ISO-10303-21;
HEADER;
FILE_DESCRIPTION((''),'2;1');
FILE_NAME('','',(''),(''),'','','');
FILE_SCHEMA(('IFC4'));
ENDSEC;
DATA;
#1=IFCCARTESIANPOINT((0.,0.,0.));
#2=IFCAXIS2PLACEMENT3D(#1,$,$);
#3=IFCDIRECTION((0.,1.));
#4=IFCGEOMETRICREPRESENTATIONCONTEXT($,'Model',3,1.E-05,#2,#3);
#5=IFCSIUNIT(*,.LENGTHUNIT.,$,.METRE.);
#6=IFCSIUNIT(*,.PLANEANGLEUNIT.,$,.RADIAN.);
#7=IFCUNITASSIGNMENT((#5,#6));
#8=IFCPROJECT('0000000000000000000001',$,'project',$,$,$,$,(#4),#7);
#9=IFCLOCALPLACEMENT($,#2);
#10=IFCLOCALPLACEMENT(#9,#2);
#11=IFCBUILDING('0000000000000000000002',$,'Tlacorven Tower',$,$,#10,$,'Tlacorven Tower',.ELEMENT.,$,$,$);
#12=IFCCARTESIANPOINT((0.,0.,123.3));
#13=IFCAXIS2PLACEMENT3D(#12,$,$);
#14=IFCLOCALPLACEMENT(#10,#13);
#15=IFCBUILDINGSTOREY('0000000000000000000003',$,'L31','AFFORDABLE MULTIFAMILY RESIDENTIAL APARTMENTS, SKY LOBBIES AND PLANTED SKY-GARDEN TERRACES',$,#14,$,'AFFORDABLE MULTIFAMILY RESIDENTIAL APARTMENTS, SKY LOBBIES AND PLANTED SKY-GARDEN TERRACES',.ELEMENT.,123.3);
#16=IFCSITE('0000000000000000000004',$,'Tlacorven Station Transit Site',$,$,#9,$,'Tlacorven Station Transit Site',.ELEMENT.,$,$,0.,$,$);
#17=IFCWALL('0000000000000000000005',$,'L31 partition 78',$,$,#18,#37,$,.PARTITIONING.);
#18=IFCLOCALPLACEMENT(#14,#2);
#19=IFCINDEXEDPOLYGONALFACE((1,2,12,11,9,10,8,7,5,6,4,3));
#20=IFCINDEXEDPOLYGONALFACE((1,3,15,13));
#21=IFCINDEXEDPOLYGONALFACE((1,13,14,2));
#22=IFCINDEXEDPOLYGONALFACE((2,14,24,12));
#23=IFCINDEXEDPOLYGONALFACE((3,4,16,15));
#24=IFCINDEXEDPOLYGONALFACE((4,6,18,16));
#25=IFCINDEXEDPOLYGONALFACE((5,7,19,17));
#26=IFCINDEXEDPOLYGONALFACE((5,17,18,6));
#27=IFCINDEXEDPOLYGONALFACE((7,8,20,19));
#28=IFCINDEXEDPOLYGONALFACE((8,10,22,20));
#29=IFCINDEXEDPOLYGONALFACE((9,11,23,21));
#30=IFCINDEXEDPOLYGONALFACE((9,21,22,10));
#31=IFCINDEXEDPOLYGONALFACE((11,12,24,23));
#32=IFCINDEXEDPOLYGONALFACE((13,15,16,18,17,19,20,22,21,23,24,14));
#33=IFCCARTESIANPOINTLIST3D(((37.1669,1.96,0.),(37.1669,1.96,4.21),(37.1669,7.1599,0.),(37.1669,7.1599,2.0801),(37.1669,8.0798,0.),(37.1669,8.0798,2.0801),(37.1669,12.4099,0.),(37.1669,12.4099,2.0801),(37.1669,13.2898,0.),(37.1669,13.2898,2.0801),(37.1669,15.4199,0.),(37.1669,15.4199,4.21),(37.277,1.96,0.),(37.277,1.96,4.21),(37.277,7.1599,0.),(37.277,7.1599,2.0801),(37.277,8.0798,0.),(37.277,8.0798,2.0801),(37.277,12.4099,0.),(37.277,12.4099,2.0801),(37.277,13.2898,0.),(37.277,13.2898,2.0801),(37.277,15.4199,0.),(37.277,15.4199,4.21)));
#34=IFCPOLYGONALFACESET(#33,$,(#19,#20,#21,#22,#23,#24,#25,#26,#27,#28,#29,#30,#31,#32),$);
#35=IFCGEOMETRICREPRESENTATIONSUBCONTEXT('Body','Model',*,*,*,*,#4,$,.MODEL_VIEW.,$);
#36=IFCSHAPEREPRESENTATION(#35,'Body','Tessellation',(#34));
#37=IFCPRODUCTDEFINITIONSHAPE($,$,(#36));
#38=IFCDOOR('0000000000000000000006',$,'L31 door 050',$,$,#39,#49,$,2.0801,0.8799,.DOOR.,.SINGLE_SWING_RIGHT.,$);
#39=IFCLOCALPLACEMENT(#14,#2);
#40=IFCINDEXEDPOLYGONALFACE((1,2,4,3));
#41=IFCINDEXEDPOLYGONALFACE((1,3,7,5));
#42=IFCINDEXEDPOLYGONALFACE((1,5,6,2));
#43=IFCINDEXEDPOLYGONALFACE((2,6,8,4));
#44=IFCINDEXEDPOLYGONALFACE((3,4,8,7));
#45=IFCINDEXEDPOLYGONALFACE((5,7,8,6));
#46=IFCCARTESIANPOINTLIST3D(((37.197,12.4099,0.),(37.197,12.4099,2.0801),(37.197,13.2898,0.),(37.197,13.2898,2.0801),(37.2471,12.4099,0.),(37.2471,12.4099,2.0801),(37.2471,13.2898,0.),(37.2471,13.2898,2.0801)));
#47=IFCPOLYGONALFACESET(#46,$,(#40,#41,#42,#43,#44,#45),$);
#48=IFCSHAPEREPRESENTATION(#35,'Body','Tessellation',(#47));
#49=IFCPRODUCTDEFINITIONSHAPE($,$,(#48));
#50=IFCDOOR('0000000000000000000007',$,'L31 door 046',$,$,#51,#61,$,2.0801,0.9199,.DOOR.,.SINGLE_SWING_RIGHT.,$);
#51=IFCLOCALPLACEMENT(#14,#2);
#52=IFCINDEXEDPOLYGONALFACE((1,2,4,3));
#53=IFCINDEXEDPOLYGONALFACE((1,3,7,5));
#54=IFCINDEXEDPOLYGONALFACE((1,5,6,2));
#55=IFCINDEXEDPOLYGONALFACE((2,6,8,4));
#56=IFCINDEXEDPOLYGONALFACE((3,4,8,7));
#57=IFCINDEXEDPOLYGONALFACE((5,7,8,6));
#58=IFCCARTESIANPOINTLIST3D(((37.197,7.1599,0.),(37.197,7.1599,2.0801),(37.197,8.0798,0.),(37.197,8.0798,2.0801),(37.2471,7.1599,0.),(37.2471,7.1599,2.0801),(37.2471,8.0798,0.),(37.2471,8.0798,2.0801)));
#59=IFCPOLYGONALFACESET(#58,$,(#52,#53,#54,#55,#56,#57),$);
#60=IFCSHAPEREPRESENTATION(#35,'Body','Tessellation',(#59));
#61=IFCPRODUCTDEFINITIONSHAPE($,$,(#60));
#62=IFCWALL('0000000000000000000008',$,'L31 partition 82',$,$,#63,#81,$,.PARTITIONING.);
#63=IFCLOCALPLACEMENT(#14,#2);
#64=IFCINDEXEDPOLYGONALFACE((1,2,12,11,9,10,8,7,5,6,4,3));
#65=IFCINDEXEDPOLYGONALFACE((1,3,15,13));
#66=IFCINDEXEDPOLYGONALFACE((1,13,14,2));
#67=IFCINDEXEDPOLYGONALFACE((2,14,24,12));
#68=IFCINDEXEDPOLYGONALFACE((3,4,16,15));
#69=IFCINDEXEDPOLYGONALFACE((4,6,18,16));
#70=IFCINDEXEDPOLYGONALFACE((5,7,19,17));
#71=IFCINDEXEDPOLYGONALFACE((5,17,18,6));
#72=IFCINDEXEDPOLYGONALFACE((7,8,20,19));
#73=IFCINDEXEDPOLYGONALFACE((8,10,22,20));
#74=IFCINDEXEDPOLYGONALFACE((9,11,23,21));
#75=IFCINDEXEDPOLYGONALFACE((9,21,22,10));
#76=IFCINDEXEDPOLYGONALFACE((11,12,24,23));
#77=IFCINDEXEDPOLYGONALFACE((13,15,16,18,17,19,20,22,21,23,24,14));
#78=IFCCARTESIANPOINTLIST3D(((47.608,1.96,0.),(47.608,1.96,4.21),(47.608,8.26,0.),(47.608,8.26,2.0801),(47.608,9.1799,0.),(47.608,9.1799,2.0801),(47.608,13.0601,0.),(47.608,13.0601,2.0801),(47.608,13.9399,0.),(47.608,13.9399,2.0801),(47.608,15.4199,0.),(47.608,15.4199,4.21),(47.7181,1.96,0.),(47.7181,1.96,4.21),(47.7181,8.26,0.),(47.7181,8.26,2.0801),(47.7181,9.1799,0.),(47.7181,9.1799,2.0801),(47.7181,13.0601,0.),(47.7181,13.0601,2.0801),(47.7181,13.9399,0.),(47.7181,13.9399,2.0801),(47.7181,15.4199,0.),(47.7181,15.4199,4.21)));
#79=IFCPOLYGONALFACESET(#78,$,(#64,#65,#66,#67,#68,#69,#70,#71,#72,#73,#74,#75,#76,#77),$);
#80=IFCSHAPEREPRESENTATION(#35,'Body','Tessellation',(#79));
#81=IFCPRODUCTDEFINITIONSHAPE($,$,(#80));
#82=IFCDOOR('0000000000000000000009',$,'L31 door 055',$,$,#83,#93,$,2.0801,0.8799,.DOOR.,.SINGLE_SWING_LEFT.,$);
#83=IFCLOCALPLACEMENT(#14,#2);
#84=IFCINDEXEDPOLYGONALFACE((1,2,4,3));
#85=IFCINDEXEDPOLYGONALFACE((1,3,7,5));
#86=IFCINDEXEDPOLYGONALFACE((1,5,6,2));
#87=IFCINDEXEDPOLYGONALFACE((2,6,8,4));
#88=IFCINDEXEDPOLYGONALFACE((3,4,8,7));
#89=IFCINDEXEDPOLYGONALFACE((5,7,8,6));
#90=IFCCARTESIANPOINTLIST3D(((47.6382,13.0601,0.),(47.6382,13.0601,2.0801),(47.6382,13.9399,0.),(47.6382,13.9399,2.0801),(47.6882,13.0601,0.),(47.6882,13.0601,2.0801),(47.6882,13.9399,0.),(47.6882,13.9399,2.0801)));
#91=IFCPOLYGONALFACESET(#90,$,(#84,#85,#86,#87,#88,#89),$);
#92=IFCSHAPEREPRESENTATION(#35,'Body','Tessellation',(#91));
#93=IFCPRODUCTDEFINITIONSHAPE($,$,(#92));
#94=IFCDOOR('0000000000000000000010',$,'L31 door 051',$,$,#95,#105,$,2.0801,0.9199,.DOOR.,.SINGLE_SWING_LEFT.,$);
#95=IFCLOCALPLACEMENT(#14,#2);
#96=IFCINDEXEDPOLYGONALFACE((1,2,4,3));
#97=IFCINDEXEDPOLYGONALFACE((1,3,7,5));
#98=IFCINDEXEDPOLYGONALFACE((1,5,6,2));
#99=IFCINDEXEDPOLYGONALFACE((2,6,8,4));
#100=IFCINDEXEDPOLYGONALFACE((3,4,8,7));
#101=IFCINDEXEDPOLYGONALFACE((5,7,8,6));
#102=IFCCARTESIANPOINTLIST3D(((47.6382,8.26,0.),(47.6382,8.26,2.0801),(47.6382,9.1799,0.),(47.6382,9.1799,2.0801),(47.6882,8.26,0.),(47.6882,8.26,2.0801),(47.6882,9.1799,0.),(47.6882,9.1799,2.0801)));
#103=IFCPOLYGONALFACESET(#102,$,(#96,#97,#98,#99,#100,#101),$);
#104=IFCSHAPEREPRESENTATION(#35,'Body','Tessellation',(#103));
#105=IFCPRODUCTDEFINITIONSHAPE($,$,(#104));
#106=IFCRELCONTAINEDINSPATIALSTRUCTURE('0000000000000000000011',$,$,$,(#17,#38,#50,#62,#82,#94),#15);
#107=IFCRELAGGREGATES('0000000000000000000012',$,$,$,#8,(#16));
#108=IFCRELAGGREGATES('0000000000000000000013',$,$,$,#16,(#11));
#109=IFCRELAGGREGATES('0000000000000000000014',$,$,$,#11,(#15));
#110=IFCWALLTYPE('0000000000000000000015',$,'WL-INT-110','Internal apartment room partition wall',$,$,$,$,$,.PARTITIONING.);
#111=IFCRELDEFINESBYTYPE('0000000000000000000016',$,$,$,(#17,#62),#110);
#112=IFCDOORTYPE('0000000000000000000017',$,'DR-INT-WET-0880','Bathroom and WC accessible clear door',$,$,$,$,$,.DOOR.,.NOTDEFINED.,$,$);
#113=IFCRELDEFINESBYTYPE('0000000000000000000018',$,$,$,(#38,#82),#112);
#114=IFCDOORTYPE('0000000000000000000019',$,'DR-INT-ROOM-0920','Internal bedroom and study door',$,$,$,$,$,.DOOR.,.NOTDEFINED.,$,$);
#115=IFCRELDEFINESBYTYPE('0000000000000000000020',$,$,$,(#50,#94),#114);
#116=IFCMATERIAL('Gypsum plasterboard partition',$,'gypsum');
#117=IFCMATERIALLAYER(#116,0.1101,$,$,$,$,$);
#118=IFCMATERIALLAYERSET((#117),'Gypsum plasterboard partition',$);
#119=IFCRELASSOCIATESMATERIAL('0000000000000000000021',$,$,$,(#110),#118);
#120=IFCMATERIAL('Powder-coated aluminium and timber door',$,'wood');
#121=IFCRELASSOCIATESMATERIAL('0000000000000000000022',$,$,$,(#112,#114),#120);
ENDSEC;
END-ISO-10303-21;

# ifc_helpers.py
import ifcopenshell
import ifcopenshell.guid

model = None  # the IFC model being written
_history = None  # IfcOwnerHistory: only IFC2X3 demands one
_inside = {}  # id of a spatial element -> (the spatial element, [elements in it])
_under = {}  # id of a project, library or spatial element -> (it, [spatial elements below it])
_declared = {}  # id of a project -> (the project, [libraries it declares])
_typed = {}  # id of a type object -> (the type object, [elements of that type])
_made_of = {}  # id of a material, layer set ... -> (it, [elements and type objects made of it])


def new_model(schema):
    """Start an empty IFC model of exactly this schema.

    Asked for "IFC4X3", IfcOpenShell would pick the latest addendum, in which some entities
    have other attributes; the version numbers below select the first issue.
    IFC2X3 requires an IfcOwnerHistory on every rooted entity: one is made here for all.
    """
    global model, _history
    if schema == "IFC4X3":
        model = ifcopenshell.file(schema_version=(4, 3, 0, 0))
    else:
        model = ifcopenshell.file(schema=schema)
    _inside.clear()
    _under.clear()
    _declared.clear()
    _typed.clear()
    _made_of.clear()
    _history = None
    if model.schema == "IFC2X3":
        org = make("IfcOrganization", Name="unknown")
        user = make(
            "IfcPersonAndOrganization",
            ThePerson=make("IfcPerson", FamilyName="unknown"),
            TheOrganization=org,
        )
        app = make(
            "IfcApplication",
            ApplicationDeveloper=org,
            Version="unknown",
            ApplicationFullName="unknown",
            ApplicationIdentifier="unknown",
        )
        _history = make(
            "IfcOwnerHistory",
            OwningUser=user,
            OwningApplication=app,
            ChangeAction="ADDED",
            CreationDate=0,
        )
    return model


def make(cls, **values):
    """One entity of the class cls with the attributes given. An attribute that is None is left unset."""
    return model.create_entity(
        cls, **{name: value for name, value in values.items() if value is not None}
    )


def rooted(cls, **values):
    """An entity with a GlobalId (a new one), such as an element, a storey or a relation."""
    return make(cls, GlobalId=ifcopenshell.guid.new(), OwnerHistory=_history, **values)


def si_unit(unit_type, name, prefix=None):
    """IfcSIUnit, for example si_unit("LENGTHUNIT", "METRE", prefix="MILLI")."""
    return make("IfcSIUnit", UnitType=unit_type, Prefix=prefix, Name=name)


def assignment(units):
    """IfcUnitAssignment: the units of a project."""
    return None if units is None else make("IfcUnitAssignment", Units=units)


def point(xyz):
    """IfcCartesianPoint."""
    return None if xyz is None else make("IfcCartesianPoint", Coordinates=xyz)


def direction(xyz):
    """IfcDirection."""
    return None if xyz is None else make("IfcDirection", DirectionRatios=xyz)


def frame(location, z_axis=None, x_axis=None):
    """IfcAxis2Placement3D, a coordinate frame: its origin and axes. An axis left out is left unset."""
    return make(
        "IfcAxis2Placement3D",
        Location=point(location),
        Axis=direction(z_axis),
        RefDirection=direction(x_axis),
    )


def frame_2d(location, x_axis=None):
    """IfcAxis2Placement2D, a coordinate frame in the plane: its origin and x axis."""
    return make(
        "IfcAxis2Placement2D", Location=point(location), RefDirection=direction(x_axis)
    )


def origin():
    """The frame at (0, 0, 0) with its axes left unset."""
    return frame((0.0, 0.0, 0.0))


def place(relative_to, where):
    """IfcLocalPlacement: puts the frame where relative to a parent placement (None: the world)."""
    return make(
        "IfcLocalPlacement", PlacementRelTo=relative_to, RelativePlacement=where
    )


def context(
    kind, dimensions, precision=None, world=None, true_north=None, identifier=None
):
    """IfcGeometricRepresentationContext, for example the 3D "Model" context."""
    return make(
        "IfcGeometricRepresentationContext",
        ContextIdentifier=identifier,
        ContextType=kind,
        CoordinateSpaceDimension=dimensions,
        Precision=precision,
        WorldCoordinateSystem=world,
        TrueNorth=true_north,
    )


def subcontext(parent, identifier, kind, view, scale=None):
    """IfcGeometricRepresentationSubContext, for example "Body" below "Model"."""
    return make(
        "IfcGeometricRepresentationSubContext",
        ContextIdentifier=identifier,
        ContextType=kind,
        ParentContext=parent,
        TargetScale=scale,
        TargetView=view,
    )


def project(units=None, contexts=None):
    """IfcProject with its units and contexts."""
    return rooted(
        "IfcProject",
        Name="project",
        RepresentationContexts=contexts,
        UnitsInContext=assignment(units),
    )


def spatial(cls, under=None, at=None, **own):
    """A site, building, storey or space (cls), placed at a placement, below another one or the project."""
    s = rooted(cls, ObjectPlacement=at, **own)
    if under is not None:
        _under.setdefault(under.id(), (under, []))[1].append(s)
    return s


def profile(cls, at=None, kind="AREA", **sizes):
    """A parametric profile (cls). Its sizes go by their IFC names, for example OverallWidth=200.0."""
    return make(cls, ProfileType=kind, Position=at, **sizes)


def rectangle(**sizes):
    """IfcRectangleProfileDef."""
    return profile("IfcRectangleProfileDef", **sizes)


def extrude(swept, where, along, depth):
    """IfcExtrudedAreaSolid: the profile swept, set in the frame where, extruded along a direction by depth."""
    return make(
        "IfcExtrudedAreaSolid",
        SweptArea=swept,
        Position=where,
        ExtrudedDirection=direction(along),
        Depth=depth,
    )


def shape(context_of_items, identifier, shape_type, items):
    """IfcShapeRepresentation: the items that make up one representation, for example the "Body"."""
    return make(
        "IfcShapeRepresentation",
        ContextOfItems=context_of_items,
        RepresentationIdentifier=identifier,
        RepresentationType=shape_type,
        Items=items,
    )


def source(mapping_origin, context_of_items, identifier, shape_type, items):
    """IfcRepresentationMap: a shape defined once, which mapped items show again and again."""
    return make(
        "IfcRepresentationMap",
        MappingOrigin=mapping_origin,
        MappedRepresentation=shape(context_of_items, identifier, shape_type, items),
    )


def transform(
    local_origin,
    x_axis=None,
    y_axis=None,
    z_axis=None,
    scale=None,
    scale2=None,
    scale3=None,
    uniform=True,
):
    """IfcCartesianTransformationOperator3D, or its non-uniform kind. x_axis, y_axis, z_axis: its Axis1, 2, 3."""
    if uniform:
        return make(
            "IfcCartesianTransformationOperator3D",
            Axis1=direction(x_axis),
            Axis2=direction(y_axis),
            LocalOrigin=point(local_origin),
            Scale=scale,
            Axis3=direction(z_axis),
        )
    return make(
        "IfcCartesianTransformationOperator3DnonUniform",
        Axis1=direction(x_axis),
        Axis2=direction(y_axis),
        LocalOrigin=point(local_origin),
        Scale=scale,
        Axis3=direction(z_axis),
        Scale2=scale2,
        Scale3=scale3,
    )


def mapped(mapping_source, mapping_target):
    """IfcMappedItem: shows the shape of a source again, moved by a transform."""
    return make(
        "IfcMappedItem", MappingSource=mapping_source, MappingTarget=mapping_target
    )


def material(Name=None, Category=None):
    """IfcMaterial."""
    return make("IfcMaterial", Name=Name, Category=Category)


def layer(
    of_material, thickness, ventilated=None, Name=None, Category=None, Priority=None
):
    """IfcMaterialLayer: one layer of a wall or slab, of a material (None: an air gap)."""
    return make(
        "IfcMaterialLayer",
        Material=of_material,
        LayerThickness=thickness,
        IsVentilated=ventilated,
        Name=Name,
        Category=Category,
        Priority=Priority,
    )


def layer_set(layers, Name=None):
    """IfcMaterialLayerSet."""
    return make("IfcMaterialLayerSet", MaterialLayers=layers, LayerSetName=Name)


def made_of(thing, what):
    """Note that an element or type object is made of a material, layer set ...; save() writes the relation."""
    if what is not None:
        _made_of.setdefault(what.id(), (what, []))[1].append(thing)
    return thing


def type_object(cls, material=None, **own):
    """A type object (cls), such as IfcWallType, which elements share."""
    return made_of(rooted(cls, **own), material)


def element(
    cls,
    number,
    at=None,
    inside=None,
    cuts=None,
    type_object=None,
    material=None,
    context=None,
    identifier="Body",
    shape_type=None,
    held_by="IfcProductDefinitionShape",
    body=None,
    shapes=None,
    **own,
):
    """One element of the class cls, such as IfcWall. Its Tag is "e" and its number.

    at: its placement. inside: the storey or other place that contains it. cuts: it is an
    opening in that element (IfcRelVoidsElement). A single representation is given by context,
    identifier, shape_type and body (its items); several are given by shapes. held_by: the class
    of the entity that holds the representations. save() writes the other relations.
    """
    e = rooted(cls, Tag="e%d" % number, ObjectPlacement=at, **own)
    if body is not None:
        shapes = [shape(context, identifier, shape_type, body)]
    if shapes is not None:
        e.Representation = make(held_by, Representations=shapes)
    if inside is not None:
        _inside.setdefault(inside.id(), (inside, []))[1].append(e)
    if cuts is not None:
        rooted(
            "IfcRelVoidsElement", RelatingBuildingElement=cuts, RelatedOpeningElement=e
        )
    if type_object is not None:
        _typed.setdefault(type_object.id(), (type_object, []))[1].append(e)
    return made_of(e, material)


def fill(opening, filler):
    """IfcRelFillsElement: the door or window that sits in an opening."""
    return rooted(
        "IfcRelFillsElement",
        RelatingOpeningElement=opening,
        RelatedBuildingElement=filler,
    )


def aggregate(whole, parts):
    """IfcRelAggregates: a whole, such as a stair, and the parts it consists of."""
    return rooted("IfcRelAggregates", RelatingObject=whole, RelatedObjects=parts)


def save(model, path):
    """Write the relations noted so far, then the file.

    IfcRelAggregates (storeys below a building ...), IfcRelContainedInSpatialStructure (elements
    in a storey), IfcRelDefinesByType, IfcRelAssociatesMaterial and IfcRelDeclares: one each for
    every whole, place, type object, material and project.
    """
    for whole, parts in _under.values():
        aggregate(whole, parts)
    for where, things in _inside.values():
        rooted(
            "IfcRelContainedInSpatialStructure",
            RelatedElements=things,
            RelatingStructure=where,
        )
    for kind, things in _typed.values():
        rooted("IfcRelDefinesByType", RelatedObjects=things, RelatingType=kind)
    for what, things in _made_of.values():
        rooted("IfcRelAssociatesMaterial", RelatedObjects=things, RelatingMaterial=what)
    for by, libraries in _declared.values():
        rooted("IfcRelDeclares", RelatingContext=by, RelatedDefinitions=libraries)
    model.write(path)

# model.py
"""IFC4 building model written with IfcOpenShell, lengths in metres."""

from ifc_helpers import new_model, si_unit, direction, frame, frame_2d, origin, place, context, subcontext, project, spatial, rectangle, extrude, source, transform, mapped, material, layer, layer_set, type_object, element, fill, save


model = new_model("IFC4")

# Units and contexts
model_context = context("Model", 3, precision=1e-05, world=origin(), true_north=direction((0.0, 1.0)))
body_context = subcontext(model_context, "Body", "Model", "MODEL_VIEW")
ifc_project = project(units=[si_unit("LENGTHUNIT", "METRE"), si_unit("PLANEANGLEUNIT", "RADIAN")], contexts=[model_context])

# Site, building, storey
site_placement = place(None, origin())
site = spatial("IfcSite", under=ifc_project, at=site_placement, Name="Tlacorven Station Transit Site", LongName="Tlacorven Station Transit Site", CompositionType="ELEMENT", RefElevation=0.0)
building_placement = place(site_placement, origin())
building = spatial("IfcBuilding", under=site, at=building_placement, Name="Tlacorven Tower", LongName="Tlacorven Tower", CompositionType="ELEMENT")
storey_placement = place(building_placement, frame((0.0, 0.0, 123.3)))
storey = spatial("IfcBuildingStorey", under=building, at=storey_placement, Name="L31", Description="AFFORDABLE MULTIFAMILY RESIDENTIAL APARTMENTS, SKY LOBBIES AND PLANTED SKY-GARDEN TERRACES", LongName="AFFORDABLE MULTIFAMILY RESIDENTIAL APARTMENTS, SKY LOBBIES AND PLANTED SKY-GARDEN TERRACES", CompositionType="ELEMENT", Elevation=123.3)

# Walls, openings, doors
ifc_material_1 = material(Name="Gypsum plasterboard partition", Category="gypsum")
ifc_layer_1 = layer(ifc_material_1, 0.1101)
ifc_layer_set_1 = layer_set([ifc_layer_1], Name="Gypsum plasterboard partition")
wall_type_1 = type_object("IfcWallType", Name="WL-INT-110", Description="Internal apartment room partition wall", PredefinedType="PARTITIONING", material=ifc_layer_set_1)
wall_1_placement = place(storey_placement, frame((37.2219, 1.96, 0.0), z_axis=(0.0, 0.0, 1.0), x_axis=(0.0, 1.0, 0.0)))
wall_1 = element("IfcWall", 1, at=wall_1_placement, inside=storey, type_object=wall_type_1, Name="L31 partition 78", PredefinedType="PARTITIONING", context=body_context, shape_type="SweptSolid", body=[
    extrude(rectangle(XDim=13.46, YDim=0.1101, at=frame_2d((6.73, 0.0))), origin(), (0.0, 0.0, 1.0), 4.21),
])
opening_1_placement = place(wall_1_placement, frame((5.2, 0.0, 0.0)))
opening_1 = element("IfcOpeningElement", 2, at=opening_1_placement, cuts=wall_1, PredefinedType="OPENING", context=body_context, shape_type="SweptSolid", body=[
    extrude(rectangle(XDim=0.9199, YDim=2.0801, at=frame_2d((0.46, 1.04))), frame((0.0, 0.0649, 0.0), z_axis=(0.0, -1.0, 0.0), x_axis=(1.0, 0.0, 0.0)), (0.0, 0.0, 1.0), 0.1301),
])
opening_2_placement = place(wall_1_placement, frame((10.45, 0.0, 0.0)))
opening_2 = element("IfcOpeningElement", 3, at=opening_2_placement, cuts=wall_1, PredefinedType="OPENING", context=body_context, shape_type="SweptSolid", body=[
    extrude(rectangle(XDim=0.8799, YDim=2.0801, at=frame_2d((0.4399, 1.04))), frame((0.0, 0.0649, 0.0), z_axis=(0.0, -1.0, 0.0), x_axis=(1.0, 0.0, 0.0)), (0.0, 0.0, 1.0), 0.1301),
])
ifc_material_2 = material(Name="Powder-coated aluminium and timber door", Category="wood")
door_type_1 = type_object("IfcDoorType", Name="DR-INT-WET-0880", Description="Bathroom and WC accessible clear door", OperationType="NOTDEFINED", PredefinedType="DOOR", material=ifc_material_2)
shared_shape_1 = source(origin(), body_context, "Body", "SweptSolid", [
    extrude(rectangle(XDim=0.8799, YDim=2.0801, at=frame_2d((0.4399, 1.04))), frame((0.0, 0.0249, 0.0), z_axis=(0.0, -1.0, 0.0), x_axis=(1.0, 0.0, 0.0)), (0.0, 0.0, 1.0), 0.05),
])
door_1_placement = place(opening_2_placement, origin())
door_1 = element("IfcDoor", 4, at=door_1_placement, inside=storey, type_object=door_type_1, Name="L31 door 050", OperationType="SINGLE_SWING_RIGHT", OverallHeight=2.0801, OverallWidth=0.8799, PredefinedType="DOOR", context=body_context, shape_type="MappedRepresentation", body=[
    mapped(shared_shape_1, transform((0.0, 0.0, 0.0), scale=1.0)),
])
fill(opening_2, door_1)
door_type_2 = type_object("IfcDoorType", Name="DR-INT-ROOM-0920", Description="Internal bedroom and study door", OperationType="NOTDEFINED", PredefinedType="DOOR", material=ifc_material_2)
shared_shape_2 = source(origin(), body_context, "Body", "SweptSolid", [
    extrude(rectangle(XDim=0.9199, YDim=2.0801, at=frame_2d((0.46, 1.04))), frame((0.0, 0.0249, 0.0), z_axis=(0.0, -1.0, 0.0), x_axis=(1.0, 0.0, 0.0)), (0.0, 0.0, 1.0), 0.05),
])
door_2_placement = place(opening_1_placement, origin())
door_2 = element("IfcDoor", 5, at=door_2_placement, inside=storey, type_object=door_type_2, Name="L31 door 046", OperationType="SINGLE_SWING_RIGHT", OverallHeight=2.0801, OverallWidth=0.9199, PredefinedType="DOOR", context=body_context, shape_type="MappedRepresentation", body=[
    mapped(shared_shape_2, transform((0.0, 0.0, 0.0), scale=1.0)),
])
fill(opening_1, door_2)
wall_2_placement = place(storey_placement, frame((47.6631, 1.96, 0.0), z_axis=(0.0, 0.0, 1.0), x_axis=(0.0, 1.0, 0.0)))
wall_2 = element("IfcWall", 6, at=wall_2_placement, inside=storey, type_object=wall_type_1, Name="L31 partition 82", PredefinedType="PARTITIONING", context=body_context, shape_type="SweptSolid", body=[
    extrude(rectangle(XDim=13.46, YDim=0.1101, at=frame_2d((6.73, 0.0))), origin(), (0.0, 0.0, 1.0), 4.21),
])
opening_3_placement = place(wall_2_placement, frame((6.3, 0.0, 0.0)))
opening_3 = element("IfcOpeningElement", 7, at=opening_3_placement, cuts=wall_2, PredefinedType="OPENING", context=body_context, shape_type="SweptSolid", body=[
    extrude(rectangle(XDim=0.9199, YDim=2.0801, at=frame_2d((0.46, 1.04))), frame((0.0, 0.0649, 0.0), z_axis=(0.0, -1.0, 0.0), x_axis=(1.0, 0.0, 0.0)), (0.0, 0.0, 1.0), 0.1301),
])
opening_4_placement = place(wall_2_placement, frame((11.1001, 0.0, 0.0)))
opening_4 = element("IfcOpeningElement", 8, at=opening_4_placement, cuts=wall_2, PredefinedType="OPENING", context=body_context, shape_type="SweptSolid", body=[
    extrude(rectangle(XDim=0.8799, YDim=2.0801, at=frame_2d((0.4399, 1.04))), frame((0.0, 0.0649, 0.0), z_axis=(0.0, -1.0, 0.0), x_axis=(1.0, 0.0, 0.0)), (0.0, 0.0, 1.0), 0.1301),
])
door_3_placement = place(opening_4_placement, origin())
door_3 = element("IfcDoor", 9, at=door_3_placement, inside=storey, type_object=door_type_1, Name="L31 door 055", OperationType="SINGLE_SWING_LEFT", OverallHeight=2.0801, OverallWidth=0.8799, PredefinedType="DOOR", context=body_context, shape_type="MappedRepresentation", body=[
    mapped(shared_shape_1, transform((0.0, 0.0, 0.0), scale=1.0)),
])
fill(opening_4, door_3)
door_4_placement = place(opening_3_placement, origin())
door_4 = element("IfcDoor", 10, at=door_4_placement, inside=storey, type_object=door_type_2, Name="L31 door 051", OperationType="SINGLE_SWING_LEFT", OverallHeight=2.0801, OverallWidth=0.9199, PredefinedType="DOOR", context=body_context, shape_type="MappedRepresentation", body=[
    mapped(shared_shape_2, transform((0.0, 0.0, 0.0), scale=1.0)),
])
fill(opening_3, door_4)

save(model, "model.ifc")
